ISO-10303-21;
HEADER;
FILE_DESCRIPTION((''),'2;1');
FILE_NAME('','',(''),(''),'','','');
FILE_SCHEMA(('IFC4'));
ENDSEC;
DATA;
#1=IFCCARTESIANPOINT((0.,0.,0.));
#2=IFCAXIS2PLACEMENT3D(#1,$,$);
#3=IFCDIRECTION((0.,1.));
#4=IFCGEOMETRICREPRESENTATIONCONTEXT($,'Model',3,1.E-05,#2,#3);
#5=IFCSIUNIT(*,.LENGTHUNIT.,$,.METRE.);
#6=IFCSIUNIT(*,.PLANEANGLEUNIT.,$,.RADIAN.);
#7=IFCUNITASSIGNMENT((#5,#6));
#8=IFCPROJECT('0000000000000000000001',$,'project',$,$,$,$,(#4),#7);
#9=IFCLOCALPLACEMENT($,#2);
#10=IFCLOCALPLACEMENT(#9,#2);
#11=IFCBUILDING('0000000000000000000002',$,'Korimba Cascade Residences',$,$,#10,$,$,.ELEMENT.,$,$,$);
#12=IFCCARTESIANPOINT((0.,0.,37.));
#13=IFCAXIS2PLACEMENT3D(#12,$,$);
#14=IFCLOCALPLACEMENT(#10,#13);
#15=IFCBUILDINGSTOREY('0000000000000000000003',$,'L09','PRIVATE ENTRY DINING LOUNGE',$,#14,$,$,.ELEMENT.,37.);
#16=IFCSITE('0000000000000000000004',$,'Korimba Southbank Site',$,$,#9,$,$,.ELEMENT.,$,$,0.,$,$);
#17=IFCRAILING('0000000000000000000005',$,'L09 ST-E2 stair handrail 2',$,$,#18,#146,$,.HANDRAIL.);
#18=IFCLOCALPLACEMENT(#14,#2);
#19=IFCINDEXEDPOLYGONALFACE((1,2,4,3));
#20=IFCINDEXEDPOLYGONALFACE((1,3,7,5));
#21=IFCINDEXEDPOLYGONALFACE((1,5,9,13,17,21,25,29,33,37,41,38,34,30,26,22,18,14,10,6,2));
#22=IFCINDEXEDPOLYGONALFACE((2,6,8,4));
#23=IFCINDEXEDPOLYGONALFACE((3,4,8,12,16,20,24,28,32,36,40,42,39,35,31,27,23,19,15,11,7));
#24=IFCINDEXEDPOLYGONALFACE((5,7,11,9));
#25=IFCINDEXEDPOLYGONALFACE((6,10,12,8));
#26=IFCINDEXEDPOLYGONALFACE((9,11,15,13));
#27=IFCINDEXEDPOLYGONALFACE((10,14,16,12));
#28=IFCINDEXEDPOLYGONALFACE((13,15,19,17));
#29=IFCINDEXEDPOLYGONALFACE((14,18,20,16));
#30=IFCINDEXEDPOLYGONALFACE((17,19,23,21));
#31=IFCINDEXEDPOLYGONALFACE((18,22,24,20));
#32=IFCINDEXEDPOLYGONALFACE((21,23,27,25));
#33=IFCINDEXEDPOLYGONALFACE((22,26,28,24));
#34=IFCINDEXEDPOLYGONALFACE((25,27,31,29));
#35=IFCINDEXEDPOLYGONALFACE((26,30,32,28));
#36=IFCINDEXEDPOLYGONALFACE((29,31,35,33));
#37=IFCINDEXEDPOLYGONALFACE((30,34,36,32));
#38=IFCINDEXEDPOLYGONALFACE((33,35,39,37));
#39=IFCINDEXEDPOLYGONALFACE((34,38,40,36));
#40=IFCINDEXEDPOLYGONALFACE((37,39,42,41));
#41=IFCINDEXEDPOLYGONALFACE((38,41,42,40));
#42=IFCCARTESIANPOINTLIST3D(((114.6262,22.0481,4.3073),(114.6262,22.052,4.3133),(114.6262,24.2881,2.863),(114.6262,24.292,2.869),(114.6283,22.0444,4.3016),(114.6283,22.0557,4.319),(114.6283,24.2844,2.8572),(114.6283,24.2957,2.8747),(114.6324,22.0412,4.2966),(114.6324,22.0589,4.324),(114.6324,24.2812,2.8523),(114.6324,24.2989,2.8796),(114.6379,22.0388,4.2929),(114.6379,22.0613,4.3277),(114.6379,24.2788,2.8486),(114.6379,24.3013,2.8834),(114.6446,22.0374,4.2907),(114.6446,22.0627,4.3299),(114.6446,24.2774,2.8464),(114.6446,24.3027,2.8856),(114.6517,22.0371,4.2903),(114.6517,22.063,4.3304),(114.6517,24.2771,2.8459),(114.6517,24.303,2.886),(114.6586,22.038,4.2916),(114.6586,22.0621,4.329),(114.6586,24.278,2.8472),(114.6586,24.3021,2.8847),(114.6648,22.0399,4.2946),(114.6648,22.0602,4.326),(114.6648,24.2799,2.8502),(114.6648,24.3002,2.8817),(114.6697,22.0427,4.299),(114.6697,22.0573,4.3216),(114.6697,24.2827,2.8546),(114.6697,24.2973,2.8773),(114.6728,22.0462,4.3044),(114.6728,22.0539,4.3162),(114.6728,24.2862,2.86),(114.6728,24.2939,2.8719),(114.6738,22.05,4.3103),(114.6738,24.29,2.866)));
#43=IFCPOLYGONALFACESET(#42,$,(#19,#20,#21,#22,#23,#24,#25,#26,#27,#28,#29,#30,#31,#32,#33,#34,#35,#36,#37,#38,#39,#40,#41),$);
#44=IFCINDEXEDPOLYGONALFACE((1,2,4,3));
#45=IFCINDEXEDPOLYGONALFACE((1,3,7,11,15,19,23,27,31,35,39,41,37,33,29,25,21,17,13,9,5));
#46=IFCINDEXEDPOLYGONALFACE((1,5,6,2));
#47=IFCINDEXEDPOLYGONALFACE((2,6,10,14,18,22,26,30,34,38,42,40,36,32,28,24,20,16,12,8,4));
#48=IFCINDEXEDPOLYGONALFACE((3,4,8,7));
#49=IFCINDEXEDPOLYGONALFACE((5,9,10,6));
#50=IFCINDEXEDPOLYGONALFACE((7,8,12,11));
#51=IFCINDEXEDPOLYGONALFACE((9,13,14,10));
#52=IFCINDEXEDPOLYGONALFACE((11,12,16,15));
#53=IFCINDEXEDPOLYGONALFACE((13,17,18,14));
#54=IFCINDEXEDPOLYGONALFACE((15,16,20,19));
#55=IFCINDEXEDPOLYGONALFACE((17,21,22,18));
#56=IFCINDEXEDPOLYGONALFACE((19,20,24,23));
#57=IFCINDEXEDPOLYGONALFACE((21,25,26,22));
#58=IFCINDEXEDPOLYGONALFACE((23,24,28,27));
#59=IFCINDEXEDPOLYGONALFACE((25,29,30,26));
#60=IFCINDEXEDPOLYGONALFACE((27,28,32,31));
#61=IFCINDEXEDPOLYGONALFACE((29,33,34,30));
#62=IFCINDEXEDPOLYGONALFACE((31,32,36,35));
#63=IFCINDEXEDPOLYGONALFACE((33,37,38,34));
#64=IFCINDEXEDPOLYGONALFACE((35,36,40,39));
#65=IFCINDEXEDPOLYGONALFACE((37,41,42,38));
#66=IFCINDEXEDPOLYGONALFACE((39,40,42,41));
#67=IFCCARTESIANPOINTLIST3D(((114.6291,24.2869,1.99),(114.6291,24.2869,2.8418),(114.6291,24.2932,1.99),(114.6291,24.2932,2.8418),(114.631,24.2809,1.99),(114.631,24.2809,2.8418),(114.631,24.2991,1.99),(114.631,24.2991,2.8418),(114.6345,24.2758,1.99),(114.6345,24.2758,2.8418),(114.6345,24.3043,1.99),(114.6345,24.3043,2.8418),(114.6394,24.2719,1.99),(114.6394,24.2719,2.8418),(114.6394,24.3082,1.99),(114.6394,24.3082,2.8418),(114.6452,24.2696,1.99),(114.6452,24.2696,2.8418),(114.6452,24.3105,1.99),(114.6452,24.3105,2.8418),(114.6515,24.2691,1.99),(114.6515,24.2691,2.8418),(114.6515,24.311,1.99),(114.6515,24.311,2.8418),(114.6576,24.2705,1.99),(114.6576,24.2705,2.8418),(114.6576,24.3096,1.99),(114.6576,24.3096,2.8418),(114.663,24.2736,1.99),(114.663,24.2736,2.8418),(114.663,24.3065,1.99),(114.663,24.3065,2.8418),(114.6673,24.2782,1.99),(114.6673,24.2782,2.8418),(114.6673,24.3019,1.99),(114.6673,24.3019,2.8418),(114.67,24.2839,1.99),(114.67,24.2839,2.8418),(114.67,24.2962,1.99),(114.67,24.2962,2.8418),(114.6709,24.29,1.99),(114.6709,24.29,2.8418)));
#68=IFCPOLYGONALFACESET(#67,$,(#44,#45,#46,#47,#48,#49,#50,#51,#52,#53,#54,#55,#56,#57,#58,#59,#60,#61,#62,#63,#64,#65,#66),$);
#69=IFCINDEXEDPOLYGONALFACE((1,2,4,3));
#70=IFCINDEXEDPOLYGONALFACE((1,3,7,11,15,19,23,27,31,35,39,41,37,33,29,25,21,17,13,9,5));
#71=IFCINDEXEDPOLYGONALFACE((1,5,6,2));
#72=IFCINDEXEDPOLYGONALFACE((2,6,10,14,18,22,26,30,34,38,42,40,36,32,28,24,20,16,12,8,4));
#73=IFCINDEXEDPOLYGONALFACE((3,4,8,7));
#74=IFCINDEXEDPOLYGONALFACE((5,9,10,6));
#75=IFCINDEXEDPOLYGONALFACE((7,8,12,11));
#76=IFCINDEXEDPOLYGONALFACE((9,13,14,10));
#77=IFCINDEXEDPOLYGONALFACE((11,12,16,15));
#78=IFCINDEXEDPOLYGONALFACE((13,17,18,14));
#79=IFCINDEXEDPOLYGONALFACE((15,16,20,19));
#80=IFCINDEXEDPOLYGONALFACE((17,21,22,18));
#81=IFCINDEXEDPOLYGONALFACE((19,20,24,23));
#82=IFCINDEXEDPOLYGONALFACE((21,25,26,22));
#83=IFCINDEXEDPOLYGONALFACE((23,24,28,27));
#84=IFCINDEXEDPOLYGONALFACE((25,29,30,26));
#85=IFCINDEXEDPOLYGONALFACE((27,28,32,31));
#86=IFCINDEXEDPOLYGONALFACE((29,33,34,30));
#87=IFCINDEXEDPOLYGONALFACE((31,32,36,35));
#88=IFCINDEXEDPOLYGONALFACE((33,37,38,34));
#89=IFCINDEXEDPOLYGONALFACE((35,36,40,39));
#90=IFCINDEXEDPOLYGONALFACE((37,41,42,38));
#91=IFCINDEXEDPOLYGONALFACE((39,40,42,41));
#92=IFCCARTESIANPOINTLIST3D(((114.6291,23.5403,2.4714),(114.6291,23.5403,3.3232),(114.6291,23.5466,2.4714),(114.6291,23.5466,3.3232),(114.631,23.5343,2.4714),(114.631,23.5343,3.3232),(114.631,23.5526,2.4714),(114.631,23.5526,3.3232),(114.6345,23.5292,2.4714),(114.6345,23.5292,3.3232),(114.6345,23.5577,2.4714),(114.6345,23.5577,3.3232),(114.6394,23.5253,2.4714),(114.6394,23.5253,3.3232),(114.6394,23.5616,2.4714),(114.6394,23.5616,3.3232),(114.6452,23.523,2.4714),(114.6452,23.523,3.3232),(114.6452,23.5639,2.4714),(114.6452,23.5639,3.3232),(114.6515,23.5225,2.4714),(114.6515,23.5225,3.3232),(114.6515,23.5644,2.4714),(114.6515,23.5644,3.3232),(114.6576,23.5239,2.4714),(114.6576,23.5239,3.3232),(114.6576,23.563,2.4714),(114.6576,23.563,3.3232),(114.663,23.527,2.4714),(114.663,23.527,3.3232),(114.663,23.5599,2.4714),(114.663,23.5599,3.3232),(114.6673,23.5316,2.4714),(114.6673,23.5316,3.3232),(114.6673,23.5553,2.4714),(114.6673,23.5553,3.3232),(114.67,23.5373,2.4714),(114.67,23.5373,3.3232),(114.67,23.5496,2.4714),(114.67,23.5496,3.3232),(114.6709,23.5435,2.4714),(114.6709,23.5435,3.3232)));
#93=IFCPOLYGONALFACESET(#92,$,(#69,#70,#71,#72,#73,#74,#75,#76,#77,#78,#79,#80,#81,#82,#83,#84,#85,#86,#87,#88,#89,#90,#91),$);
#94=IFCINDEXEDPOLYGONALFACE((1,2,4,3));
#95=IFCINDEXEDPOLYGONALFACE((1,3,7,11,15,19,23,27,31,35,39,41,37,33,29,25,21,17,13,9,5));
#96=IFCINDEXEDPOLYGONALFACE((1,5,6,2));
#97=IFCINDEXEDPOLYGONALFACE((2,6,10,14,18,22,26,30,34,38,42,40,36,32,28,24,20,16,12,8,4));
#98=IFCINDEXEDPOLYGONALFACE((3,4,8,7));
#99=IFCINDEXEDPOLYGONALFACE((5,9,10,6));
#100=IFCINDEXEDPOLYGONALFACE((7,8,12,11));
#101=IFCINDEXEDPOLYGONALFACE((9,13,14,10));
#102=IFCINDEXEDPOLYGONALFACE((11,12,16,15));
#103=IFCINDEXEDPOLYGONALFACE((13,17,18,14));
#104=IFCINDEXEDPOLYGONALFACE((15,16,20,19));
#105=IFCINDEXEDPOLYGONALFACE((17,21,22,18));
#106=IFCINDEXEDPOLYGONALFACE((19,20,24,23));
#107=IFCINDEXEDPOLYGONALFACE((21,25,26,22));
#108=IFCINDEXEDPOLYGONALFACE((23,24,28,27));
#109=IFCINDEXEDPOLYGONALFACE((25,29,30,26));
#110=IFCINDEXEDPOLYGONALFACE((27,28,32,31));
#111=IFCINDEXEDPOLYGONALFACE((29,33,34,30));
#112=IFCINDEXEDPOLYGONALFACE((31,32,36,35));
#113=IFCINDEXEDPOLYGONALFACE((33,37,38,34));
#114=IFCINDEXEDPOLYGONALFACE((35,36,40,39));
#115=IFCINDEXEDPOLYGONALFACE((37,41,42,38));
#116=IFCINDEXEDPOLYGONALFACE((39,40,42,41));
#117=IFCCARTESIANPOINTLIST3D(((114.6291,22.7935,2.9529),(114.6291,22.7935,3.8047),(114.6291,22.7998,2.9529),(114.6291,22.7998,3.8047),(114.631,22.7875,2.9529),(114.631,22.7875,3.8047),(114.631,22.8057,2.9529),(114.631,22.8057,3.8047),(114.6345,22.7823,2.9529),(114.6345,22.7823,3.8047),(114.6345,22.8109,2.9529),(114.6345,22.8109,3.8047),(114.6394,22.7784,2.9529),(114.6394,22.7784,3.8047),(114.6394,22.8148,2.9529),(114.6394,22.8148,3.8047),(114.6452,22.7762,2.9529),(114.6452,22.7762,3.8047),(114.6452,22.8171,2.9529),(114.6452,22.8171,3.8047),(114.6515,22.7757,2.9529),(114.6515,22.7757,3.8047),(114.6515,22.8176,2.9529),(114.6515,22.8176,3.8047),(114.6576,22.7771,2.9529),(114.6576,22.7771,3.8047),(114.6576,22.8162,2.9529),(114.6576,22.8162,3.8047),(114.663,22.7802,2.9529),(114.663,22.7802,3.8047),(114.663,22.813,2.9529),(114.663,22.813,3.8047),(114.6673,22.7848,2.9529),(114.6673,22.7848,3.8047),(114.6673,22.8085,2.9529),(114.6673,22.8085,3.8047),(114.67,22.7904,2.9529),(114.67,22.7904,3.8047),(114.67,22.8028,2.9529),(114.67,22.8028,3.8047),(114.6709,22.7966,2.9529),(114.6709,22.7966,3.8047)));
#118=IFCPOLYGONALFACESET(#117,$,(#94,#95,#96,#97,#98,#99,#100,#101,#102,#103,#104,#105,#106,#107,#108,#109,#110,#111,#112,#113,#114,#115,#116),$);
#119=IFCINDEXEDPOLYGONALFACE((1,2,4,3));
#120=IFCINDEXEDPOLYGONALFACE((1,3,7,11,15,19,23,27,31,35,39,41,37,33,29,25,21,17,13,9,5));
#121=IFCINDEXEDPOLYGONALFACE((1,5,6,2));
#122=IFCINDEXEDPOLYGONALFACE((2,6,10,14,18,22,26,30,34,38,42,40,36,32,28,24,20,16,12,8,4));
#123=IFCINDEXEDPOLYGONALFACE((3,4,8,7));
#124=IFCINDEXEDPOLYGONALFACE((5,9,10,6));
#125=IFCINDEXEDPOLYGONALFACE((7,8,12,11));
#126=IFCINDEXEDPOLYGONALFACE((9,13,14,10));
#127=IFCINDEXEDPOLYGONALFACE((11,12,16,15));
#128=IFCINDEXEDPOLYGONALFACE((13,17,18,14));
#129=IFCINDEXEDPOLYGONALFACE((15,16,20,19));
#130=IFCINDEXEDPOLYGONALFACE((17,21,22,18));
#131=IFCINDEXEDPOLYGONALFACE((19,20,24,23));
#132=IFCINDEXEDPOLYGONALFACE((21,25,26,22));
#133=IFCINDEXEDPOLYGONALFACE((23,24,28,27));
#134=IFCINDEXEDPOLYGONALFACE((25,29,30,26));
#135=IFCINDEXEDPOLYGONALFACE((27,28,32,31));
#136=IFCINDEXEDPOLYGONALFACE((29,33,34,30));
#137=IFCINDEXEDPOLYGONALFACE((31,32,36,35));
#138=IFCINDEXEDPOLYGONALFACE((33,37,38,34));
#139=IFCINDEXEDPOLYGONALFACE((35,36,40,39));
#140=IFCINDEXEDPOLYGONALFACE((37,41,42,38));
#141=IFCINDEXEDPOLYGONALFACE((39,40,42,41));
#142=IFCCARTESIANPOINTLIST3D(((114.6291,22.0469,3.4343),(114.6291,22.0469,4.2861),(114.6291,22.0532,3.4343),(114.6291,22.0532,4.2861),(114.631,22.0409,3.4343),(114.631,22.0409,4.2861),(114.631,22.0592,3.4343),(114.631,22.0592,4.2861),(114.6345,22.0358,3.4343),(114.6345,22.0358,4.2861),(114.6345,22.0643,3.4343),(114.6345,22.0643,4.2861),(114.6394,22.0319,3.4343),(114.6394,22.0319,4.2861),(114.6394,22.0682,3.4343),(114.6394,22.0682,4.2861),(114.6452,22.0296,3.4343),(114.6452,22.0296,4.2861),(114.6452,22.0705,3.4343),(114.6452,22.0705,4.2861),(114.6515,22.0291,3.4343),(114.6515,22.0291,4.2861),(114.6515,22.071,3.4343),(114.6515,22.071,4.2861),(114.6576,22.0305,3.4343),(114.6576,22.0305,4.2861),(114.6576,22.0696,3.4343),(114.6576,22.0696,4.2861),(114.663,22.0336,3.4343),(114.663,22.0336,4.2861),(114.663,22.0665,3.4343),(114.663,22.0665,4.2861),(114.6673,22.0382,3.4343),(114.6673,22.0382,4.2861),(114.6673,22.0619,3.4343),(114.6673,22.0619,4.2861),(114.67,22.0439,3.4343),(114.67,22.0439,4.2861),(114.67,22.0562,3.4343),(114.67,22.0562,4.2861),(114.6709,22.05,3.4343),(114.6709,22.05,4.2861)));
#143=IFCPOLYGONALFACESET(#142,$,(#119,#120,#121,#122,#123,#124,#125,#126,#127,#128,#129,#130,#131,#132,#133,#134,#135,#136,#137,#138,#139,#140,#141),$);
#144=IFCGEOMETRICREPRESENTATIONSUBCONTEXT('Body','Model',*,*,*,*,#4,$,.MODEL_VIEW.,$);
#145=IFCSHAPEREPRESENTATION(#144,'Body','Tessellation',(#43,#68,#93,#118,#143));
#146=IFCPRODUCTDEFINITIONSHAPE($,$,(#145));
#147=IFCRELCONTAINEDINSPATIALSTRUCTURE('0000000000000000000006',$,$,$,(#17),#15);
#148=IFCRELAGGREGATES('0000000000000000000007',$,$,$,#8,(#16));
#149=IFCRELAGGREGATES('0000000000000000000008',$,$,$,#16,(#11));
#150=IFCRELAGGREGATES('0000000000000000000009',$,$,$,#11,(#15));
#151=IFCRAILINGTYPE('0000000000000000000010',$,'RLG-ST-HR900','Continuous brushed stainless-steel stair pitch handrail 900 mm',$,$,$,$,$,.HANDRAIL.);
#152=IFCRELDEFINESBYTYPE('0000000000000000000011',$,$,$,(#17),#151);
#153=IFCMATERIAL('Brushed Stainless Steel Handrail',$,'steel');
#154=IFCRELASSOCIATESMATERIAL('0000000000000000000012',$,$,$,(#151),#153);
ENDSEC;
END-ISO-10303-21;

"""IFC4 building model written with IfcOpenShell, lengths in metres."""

from ifc_helpers import new_model, si_unit, direction, frame, origin, origin_2d, place, context, subcontext, project, spatial, circle, extrude, material, type_object, element, save


model = new_model("IFC4")

# Units and contexts
model_context = context("Model", 3, precision=1e-05, world=origin(), true_north=direction((0.0, 1.0)))
body_context = subcontext(model_context, "Body", "Model", "MODEL_VIEW")
ifc_project = project(units=[si_unit("LENGTHUNIT", "METRE"), si_unit("PLANEANGLEUNIT", "RADIAN")], contexts=[model_context])

# Site, building, storey
site_placement = place(None, origin())
site = spatial("IfcSite", under=ifc_project, at=site_placement, Name="Korimba Southbank Site", CompositionType="ELEMENT", RefElevation=0.0)
building_placement = place(site_placement, origin())
building = spatial("IfcBuilding", under=site, at=building_placement, Name="Korimba Cascade Residences", CompositionType="ELEMENT")
storey_placement = place(building_placement, frame((0.0, 0.0, 37.0)))
storey = spatial("IfcBuildingStorey", under=building, at=storey_placement, Name="L09", Description="PRIVATE ENTRY DINING LOUNGE", CompositionType="ELEMENT", Elevation=37.0)

# Railing
ifc_material_1 = material(Name="Brushed Stainless Steel Handrail", Category="steel")
railing_type_1 = type_object("IfcRailingType", Name="RLG-ST-HR900", Description="Continuous brushed stainless-steel stair pitch handrail 900 mm", PredefinedType="HANDRAIL", material=ifc_material_1)
railing_1_placement = place(storey_placement, frame((114.6499, 24.29, 1.99)))
element("IfcRailing", 1, at=railing_1_placement, inside=storey, type_object=railing_type_1, Name="L09 ST-E2 stair handrail 2", PredefinedType="HANDRAIL", context=body_context, shape_type="SweptSolid", body=[
    extrude(circle(Radius=0.0239, at=origin_2d()), frame((0.0, 0.0, 0.876), z_axis=(0.0, -0.840437, 0.54191), x_axis=(1.0, 0.0, 0.0)), (0.0, 0.0, 1.0), 2.6653),
    extrude(circle(Radius=0.021, at=origin_2d()), origin(), (0.0, 0.0, 1.0), 0.8518),
    extrude(circle(Radius=0.021, at=origin_2d()), frame((0.0, -0.7466, 0.4814)), (0.0, 0.0, 1.0), 0.8518),
    extrude(circle(Radius=0.021, at=origin_2d()), frame((0.0, -1.4934, 0.9629)), (0.0, 0.0, 1.0), 0.8518),
    extrude(circle(Radius=0.021, at=origin_2d()), frame((0.0, -2.24, 1.4443)), (0.0, 0.0, 1.0), 0.8518),
])

save(model, "model.ifc")
